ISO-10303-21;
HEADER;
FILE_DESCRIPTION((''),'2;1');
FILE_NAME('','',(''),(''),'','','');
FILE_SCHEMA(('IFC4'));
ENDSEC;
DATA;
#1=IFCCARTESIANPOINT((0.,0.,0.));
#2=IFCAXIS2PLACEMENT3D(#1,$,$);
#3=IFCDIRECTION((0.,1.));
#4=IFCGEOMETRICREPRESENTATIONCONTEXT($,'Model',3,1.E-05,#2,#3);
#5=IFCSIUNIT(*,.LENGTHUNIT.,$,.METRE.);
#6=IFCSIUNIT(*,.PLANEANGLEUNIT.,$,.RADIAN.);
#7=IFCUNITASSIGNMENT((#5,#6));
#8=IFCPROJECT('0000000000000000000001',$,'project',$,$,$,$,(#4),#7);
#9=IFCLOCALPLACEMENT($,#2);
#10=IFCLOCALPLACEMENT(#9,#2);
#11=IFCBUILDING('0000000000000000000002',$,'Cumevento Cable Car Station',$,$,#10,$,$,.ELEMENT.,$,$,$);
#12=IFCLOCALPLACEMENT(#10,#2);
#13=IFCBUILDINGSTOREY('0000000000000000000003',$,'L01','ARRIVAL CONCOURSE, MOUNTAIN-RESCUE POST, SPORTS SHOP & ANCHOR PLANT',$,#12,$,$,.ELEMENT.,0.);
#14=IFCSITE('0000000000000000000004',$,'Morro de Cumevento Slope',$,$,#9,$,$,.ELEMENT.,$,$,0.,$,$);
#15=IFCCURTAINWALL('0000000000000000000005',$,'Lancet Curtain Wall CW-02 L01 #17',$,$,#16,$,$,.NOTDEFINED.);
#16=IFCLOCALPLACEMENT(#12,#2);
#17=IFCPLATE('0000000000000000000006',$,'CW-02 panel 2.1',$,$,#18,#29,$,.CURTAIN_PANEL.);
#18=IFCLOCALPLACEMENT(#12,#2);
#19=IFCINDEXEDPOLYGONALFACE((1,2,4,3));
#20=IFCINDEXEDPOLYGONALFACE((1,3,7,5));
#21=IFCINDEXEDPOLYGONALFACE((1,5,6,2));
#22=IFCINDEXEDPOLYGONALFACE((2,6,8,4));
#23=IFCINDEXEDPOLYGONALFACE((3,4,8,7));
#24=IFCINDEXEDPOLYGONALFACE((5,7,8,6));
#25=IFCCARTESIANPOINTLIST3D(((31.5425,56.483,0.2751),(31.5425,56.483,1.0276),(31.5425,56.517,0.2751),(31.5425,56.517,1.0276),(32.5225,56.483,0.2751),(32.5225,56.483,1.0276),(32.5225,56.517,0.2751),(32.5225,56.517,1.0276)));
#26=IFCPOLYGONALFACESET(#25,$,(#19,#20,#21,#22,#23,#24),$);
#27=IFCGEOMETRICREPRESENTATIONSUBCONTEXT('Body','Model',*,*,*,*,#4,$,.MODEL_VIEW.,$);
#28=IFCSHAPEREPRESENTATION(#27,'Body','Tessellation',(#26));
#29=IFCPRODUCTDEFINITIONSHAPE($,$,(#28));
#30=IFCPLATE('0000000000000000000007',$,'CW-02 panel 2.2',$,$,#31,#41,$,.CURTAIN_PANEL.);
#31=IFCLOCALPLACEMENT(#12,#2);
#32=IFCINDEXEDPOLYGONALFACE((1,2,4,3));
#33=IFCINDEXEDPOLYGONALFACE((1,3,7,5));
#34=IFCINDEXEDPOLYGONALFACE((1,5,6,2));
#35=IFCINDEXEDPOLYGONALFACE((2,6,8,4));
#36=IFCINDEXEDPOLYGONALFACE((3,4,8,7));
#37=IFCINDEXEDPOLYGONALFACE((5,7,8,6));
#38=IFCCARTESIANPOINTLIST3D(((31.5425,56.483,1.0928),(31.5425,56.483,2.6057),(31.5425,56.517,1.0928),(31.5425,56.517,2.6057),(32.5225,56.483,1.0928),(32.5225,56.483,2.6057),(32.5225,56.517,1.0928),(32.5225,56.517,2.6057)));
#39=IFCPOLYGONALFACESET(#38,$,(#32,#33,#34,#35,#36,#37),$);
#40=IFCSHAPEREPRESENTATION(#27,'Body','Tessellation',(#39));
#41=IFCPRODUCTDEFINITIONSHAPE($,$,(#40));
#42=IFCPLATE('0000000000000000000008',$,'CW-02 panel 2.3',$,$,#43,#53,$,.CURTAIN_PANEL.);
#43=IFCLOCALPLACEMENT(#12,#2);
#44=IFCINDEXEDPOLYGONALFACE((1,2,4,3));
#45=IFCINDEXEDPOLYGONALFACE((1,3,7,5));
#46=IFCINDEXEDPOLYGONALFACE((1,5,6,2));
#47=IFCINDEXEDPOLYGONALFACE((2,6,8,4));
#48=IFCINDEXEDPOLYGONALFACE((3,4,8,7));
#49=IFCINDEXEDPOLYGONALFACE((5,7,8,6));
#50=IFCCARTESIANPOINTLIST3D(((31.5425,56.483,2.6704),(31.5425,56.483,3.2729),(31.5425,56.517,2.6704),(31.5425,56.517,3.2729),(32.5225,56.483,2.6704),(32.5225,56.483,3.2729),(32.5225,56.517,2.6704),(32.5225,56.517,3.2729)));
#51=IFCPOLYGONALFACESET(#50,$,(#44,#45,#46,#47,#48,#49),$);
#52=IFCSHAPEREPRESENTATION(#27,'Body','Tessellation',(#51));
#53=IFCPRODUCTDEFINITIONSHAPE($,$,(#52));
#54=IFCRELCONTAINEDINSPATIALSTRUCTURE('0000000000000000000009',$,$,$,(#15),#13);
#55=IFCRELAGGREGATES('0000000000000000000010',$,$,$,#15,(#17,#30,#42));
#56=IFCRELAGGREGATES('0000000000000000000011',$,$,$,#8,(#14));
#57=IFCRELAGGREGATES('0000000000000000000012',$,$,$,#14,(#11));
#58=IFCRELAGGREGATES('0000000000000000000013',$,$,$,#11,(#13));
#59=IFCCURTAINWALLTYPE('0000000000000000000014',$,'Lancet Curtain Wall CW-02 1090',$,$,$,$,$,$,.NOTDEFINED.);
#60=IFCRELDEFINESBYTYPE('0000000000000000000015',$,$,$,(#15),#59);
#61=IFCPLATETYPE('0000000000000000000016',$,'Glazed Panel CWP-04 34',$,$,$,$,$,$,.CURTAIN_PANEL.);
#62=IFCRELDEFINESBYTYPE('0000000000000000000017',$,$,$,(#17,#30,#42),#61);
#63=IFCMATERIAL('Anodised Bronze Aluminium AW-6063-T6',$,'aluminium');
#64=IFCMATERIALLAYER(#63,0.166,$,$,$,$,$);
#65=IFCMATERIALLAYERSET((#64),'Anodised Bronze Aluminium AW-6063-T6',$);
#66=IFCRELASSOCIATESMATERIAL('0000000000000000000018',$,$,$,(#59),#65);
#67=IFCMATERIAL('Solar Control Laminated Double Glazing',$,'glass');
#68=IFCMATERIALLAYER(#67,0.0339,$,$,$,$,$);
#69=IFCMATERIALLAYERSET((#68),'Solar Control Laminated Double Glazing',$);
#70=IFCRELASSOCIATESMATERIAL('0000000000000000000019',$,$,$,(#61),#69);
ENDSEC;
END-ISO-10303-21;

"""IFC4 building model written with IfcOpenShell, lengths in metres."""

from ifc_helpers import new_model, si_unit, direction, frame, origin, origin_2d, place, context, subcontext, project, spatial, rectangle, extrude, material, layer, layer_set, type_object, element, aggregate, save


model = new_model("IFC4")

# Units and contexts
model_context = context("Model", 3, precision=1e-05, world=origin(), true_north=direction((0.0, 1.0)))
body_context = subcontext(model_context, "Body", "Model", "MODEL_VIEW")
ifc_project = project(units=[si_unit("LENGTHUNIT", "METRE"), si_unit("PLANEANGLEUNIT", "RADIAN")], contexts=[model_context])

# Site, building, storey
site_placement = place(None, origin())
site = spatial("IfcSite", under=ifc_project, at=site_placement, Name="Morro de Cumevento Slope", CompositionType="ELEMENT", RefElevation=0.0)
building_placement = place(site_placement, origin())
building = spatial("IfcBuilding", under=site, at=building_placement, Name="Cumevento Cable Car Station", CompositionType="ELEMENT")
storey_placement = place(building_placement, origin())
storey = spatial("IfcBuildingStorey", under=building, at=storey_placement, Name="L01", Description="ARRIVAL CONCOURSE, MOUNTAIN-RESCUE POST, SPORTS SHOP & ANCHOR PLANT", CompositionType="ELEMENT", Elevation=0.0)

# Curtain wall, plates
ifc_material_1 = material(Name="Anodised Bronze Aluminium AW-6063-T6", Category="aluminium")
ifc_layer_1 = layer(ifc_material_1, 0.166)
ifc_layer_set_1 = layer_set([ifc_layer_1], Name="Anodised Bronze Aluminium AW-6063-T6")
curtain_wall_type = type_object("IfcCurtainWallType", Name="Lancet Curtain Wall CW-02 1090", PredefinedType="NOTDEFINED", material=ifc_layer_set_1)
curtain_wall_placement = place(storey_placement, origin())
curtain_wall = element("IfcCurtainWall", 1, at=curtain_wall_placement, inside=storey, type_object=curtain_wall_type, Name="Lancet Curtain Wall CW-02 L01 #17", PredefinedType="NOTDEFINED")
ifc_material_2 = material(Name="Solar Control Laminated Double Glazing", Category="glass")
ifc_layer_2 = layer(ifc_material_2, 0.0339)
ifc_layer_set_2 = layer_set([ifc_layer_2], Name="Solar Control Laminated Double Glazing")
plate_type = type_object("IfcPlateType", Name="Glazed Panel CWP-04 34", PredefinedType="CURTAIN_PANEL", material=ifc_layer_set_2)
plate_1_placement = place(storey_placement, frame((32.0325, 56.5, 0.2751), z_axis=(0.0, 0.0, 1.0), x_axis=(-1.0, 0.0, 0.0)))
plate_1 = element("IfcPlate", 2, at=plate_1_placement, type_object=plate_type, Name="CW-02 panel 2.1", PredefinedType="CURTAIN_PANEL", context=body_context, shape_type="SweptSolid", body=[
    extrude(rectangle(XDim=0.98, YDim=0.0339, at=origin_2d()), origin(), (0.0, 0.0, 1.0), 0.7524),
])
plate_2_placement = place(storey_placement, frame((32.0325, 56.5, 1.0928), z_axis=(0.0, 0.0, 1.0), x_axis=(-1.0, 0.0, 0.0)))
plate_2 = element("IfcPlate", 3, at=plate_2_placement, type_object=plate_type, Name="CW-02 panel 2.2", PredefinedType="CURTAIN_PANEL", context=body_context, shape_type="SweptSolid", body=[
    extrude(rectangle(XDim=0.98, YDim=0.0339, at=origin_2d()), origin(), (0.0, 0.0, 1.0), 1.5129),
])
plate_3_placement = place(storey_placement, frame((32.0325, 56.5, 2.6704), z_axis=(0.0, 0.0, 1.0), x_axis=(-1.0, 0.0, 0.0)))
plate_3 = element("IfcPlate", 4, at=plate_3_placement, type_object=plate_type, Name="CW-02 panel 2.3", PredefinedType="CURTAIN_PANEL", context=body_context, shape_type="SweptSolid", body=[
    extrude(rectangle(XDim=0.98, YDim=0.0339, at=origin_2d()), origin(), (0.0, 0.0, 1.0), 0.6025),
])
aggregate(curtain_wall, [plate_1, plate_2, plate_3])

save(model, "model.ifc")
